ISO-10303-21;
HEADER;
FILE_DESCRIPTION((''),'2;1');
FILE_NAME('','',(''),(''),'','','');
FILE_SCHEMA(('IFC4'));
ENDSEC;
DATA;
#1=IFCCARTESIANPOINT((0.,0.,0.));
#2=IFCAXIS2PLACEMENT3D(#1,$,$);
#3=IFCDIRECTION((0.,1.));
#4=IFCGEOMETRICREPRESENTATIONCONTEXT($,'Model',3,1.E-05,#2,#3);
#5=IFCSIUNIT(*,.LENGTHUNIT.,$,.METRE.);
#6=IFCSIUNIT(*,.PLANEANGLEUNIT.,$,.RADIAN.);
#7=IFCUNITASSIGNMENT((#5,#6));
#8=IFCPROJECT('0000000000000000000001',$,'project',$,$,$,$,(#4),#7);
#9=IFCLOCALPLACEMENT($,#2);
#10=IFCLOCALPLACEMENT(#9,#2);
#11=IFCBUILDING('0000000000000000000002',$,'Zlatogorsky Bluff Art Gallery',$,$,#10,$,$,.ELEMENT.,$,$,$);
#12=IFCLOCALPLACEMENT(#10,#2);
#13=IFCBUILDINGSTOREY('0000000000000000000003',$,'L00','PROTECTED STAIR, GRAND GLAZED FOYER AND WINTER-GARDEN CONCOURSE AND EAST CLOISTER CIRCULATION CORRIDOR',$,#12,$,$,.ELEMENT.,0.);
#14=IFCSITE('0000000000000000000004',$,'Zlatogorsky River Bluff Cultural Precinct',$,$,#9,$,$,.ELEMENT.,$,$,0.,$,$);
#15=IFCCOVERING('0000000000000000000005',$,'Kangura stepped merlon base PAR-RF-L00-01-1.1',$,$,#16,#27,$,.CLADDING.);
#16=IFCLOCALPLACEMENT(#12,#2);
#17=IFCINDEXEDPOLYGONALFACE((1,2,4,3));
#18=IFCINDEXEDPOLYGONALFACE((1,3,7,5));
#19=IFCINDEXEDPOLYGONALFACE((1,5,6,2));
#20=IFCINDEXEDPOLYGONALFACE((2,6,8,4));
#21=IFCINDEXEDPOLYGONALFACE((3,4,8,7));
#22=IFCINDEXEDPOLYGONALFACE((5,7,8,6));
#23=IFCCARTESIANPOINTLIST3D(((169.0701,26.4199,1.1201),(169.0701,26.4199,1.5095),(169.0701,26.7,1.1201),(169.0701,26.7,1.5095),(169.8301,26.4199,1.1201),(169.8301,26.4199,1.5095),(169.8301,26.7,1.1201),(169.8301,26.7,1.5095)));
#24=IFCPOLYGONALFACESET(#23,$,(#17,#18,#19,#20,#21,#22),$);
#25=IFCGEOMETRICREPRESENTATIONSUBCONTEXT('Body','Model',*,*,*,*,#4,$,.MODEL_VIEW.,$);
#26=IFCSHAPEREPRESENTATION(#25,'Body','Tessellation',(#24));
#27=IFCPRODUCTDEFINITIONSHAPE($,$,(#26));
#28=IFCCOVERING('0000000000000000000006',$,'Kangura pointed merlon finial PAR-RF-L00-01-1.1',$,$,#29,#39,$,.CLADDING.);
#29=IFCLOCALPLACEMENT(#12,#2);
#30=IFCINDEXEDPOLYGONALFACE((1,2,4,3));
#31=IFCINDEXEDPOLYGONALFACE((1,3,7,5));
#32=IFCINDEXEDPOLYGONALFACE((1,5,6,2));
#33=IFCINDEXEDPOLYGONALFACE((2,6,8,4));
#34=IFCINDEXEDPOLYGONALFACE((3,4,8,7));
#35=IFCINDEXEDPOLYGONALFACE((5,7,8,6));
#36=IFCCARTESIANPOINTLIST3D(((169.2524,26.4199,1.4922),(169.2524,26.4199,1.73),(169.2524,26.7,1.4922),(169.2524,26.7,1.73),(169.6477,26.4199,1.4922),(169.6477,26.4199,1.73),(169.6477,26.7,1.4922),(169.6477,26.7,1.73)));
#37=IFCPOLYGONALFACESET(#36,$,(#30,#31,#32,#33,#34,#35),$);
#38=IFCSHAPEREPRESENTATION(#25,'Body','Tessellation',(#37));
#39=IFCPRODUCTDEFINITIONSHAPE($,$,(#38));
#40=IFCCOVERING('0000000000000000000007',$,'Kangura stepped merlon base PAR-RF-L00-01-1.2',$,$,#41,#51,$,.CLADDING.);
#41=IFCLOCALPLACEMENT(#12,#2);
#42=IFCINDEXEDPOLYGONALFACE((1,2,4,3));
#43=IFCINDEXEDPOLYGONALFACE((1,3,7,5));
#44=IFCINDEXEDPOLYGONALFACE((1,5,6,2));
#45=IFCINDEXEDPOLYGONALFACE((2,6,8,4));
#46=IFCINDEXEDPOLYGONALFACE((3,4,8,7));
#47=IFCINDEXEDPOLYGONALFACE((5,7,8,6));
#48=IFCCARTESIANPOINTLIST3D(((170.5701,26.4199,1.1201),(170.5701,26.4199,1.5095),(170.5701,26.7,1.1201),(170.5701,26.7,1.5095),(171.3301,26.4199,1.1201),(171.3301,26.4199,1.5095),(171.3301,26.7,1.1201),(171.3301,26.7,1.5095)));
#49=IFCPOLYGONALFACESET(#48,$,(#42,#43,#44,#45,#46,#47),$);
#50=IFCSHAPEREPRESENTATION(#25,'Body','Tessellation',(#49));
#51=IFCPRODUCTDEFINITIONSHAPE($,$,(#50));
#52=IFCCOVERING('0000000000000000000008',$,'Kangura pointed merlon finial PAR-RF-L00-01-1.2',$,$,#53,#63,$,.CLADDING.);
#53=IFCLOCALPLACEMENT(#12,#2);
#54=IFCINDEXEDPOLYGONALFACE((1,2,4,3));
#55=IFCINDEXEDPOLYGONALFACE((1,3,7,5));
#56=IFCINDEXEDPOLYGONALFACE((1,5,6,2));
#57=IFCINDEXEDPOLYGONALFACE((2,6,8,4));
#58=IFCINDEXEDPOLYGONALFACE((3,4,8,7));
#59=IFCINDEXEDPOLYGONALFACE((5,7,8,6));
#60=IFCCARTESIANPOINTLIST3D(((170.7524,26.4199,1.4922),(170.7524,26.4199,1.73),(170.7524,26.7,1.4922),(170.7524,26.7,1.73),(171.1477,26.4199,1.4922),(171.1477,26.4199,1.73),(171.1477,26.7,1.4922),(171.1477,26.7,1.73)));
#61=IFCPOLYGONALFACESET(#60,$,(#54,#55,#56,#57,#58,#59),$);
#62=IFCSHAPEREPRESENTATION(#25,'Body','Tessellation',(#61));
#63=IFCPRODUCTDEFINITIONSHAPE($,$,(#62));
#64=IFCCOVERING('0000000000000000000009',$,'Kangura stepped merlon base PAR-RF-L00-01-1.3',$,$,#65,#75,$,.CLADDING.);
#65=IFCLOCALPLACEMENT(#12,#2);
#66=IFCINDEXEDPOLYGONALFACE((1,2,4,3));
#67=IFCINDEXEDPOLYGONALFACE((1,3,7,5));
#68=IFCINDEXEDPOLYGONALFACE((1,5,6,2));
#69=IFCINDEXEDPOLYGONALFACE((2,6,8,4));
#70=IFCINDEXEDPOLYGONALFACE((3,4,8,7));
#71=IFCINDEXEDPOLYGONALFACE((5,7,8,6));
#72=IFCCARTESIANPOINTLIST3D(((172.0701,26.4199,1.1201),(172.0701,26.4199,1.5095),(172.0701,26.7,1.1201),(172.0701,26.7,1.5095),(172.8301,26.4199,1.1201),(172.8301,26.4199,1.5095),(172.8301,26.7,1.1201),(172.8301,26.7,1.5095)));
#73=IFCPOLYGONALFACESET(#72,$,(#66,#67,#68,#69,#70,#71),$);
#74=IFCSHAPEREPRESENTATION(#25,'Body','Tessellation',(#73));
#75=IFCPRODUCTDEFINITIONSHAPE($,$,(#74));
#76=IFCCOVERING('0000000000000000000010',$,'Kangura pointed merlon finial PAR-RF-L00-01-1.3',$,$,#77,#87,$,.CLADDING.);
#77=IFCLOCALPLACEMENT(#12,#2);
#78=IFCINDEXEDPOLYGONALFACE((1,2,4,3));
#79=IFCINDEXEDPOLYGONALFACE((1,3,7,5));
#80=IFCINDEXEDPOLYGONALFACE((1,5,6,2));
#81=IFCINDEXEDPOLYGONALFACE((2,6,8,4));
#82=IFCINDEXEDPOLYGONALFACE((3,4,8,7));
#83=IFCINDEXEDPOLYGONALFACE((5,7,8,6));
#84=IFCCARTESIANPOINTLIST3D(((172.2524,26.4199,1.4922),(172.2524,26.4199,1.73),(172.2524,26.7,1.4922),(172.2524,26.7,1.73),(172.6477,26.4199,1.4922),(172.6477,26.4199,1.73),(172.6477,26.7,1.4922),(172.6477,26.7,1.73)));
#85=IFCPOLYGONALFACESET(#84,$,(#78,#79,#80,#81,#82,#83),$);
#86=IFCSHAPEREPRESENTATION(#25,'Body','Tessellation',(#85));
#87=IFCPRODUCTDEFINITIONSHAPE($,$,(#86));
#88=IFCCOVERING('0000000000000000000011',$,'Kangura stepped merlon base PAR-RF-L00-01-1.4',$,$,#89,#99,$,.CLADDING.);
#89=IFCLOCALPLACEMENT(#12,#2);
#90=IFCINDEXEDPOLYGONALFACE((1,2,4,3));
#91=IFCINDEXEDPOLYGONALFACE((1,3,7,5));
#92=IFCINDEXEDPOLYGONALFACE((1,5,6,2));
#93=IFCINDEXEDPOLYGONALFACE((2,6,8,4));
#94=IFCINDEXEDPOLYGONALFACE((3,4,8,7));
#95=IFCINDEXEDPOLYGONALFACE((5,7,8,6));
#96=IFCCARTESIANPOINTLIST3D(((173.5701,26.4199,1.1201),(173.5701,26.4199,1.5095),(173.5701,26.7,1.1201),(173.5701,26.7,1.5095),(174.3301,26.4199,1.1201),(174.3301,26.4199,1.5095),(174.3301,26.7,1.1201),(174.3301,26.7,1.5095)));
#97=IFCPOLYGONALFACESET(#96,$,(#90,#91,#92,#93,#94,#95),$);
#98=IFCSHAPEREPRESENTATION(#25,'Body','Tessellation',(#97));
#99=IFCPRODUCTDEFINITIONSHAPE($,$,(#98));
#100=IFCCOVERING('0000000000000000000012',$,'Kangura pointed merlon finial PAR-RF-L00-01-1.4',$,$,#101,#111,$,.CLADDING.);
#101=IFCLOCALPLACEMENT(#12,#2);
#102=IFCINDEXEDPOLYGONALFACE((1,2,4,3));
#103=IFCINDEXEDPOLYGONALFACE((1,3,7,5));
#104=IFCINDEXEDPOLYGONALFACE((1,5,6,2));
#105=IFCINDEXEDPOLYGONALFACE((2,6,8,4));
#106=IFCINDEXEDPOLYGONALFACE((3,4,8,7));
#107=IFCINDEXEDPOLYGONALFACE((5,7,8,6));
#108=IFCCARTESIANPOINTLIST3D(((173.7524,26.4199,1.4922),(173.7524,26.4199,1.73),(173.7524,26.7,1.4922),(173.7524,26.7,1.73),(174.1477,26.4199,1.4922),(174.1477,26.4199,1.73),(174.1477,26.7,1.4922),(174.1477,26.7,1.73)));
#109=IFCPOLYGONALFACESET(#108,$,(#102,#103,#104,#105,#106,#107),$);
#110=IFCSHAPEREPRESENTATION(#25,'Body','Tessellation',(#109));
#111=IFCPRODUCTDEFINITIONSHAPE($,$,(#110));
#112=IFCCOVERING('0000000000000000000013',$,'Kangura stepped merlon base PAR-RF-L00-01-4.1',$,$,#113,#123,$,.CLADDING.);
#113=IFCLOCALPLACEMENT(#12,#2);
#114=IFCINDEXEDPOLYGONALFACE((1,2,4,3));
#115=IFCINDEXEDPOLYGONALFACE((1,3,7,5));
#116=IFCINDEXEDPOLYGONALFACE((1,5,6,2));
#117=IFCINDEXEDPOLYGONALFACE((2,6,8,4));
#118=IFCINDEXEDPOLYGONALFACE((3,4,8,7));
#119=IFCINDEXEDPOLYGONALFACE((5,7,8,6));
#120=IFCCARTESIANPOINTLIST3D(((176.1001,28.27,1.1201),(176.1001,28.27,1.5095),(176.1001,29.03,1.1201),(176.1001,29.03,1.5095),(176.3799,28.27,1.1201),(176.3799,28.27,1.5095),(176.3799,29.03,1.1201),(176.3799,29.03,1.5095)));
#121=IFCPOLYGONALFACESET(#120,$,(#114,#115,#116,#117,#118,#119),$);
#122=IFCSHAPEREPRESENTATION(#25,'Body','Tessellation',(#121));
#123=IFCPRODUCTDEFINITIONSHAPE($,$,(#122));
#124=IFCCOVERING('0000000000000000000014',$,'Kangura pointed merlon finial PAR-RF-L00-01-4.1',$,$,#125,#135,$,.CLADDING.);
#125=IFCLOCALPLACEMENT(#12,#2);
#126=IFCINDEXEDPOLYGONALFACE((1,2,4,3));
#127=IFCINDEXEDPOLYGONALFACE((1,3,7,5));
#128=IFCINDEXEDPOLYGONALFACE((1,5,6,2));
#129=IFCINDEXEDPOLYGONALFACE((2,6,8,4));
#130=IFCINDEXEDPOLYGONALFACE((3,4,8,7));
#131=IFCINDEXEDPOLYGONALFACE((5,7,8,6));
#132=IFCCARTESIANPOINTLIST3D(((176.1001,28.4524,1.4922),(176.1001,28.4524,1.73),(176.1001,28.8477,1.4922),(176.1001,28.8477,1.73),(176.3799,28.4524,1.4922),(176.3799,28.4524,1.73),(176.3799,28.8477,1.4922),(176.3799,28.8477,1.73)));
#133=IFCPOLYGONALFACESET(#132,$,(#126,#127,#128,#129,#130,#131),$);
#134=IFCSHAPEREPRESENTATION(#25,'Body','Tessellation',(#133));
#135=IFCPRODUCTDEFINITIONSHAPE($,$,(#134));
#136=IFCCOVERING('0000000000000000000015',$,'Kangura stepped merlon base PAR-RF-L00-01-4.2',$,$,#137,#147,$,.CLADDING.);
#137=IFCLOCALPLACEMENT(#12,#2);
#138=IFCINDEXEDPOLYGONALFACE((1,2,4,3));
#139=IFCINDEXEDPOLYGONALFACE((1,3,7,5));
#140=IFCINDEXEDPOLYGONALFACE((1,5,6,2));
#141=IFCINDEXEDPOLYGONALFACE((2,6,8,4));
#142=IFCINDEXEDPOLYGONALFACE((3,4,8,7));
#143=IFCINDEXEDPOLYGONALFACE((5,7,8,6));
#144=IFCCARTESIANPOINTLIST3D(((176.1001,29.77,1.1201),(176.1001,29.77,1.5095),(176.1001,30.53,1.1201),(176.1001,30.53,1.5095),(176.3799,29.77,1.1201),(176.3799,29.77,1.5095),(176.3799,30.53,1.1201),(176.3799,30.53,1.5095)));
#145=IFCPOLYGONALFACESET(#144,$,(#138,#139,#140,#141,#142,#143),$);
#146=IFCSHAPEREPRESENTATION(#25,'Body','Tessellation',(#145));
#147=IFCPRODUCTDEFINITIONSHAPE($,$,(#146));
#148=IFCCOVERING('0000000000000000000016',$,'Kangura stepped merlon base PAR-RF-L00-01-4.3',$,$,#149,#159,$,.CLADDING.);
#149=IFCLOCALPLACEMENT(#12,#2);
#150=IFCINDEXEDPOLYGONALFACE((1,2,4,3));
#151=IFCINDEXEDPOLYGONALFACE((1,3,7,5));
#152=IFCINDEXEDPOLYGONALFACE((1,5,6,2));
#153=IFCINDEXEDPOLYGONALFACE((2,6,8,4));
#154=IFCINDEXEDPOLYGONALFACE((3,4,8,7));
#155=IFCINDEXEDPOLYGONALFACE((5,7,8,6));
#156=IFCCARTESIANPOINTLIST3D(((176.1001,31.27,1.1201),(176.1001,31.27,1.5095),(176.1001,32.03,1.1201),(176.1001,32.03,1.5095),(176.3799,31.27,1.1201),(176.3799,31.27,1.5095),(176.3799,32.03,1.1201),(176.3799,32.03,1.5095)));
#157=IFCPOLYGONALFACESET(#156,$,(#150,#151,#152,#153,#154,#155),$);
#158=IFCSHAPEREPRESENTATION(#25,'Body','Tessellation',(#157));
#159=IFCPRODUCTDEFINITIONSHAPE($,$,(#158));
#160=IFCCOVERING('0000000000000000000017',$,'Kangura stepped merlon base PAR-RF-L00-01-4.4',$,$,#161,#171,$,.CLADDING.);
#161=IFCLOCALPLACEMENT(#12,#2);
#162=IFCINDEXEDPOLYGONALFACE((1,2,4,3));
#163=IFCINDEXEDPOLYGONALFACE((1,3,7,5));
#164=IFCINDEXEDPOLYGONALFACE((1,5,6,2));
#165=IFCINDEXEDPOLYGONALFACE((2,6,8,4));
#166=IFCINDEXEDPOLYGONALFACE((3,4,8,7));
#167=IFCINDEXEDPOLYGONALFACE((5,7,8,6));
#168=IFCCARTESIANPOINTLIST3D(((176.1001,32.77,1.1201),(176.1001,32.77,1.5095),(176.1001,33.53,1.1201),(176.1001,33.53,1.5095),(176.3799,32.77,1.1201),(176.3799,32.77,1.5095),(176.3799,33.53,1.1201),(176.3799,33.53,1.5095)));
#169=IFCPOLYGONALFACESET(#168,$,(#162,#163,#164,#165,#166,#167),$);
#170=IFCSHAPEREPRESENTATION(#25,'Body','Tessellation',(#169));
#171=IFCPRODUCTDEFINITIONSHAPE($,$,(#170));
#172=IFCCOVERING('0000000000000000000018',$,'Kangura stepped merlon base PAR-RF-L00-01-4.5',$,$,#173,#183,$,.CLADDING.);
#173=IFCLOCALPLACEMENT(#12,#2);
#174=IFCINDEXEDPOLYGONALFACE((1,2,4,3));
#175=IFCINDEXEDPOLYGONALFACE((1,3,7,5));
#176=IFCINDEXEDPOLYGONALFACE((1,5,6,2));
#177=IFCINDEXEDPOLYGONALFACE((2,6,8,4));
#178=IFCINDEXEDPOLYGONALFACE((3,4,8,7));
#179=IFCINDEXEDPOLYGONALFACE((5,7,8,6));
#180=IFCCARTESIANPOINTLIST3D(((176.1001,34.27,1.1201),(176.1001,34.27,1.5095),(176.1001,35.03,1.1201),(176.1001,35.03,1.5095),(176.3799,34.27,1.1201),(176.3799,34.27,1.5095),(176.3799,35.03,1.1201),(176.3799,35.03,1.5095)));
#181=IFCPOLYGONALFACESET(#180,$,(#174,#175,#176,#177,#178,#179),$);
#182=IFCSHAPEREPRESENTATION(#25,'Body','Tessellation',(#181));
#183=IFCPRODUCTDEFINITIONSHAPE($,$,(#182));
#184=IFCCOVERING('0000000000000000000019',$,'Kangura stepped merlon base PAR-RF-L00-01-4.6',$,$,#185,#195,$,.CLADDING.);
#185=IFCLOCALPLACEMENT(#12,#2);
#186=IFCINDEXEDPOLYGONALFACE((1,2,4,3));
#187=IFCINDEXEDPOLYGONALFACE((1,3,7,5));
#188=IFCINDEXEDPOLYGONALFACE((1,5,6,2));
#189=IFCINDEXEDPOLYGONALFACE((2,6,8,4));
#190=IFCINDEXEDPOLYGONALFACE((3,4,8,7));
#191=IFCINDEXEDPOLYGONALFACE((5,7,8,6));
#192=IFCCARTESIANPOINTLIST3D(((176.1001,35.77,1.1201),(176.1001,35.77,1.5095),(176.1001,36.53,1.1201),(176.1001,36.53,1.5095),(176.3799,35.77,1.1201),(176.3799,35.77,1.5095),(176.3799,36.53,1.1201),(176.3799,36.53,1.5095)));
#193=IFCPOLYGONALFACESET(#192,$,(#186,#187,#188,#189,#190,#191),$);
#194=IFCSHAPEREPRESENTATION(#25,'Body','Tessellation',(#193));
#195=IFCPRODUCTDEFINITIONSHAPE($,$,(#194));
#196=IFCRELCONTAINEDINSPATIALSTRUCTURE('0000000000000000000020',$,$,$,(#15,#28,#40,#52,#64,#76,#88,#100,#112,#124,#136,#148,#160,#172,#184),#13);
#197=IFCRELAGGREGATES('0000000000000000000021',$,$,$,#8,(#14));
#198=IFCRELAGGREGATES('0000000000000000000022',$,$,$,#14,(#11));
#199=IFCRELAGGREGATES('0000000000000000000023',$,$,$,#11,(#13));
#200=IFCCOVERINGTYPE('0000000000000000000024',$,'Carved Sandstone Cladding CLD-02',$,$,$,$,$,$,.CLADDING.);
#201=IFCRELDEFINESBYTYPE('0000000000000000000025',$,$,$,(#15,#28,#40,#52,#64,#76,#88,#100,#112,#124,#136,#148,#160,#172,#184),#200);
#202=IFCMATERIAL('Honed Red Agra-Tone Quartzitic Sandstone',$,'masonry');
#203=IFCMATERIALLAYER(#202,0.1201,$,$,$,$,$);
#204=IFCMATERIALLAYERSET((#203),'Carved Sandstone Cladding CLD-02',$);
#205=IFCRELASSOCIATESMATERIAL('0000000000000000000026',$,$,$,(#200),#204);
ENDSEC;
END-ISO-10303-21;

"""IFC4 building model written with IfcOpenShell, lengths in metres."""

from ifc_helpers import new_model, si_unit, direction, frame, origin, place, context, subcontext, project, spatial, polyline, outline, extrude, material, layer, layer_set, type_object, element, save


model = new_model("IFC4")

# Units and contexts
model_context = context("Model", 3, precision=1e-05, world=origin(), true_north=direction((0.0, 1.0)))
body_context = subcontext(model_context, "Body", "Model", "MODEL_VIEW")
ifc_project = project(units=[si_unit("LENGTHUNIT", "METRE"), si_unit("PLANEANGLEUNIT", "RADIAN")], contexts=[model_context])

# Site, building, storey
site_placement = place(None, origin())
site = spatial("IfcSite", under=ifc_project, at=site_placement, Name="Zlatogorsky River Bluff Cultural Precinct", CompositionType="ELEMENT", RefElevation=0.0)
building_placement = place(site_placement, origin())
building = spatial("IfcBuilding", under=site, at=building_placement, Name="Zlatogorsky Bluff Art Gallery", CompositionType="ELEMENT")
storey_placement = place(building_placement, origin())
storey = spatial("IfcBuildingStorey", under=building, at=storey_placement, Name="L00", Description="PROTECTED STAIR, GRAND GLAZED FOYER AND WINTER-GARDEN CONCOURSE AND EAST CLOISTER CIRCULATION CORRIDOR", CompositionType="ELEMENT", Elevation=0.0)

# Coverings
ifc_material_1 = material(Name="Honed Red Agra-Tone Quartzitic Sandstone", Category="masonry")
ifc_layer_1 = layer(ifc_material_1, 0.1201)
ifc_layer_set_1 = layer_set([ifc_layer_1], Name="Carved Sandstone Cladding CLD-02")
covering_type_1 = type_object("IfcCoveringType", Name="Carved Sandstone Cladding CLD-02", PredefinedType="CLADDING", material=ifc_layer_set_1)
covering_1_placement = place(storey_placement, frame((0.0, 0.0, 1.1201)))
element("IfcCovering", 1, at=covering_1_placement, inside=storey, type_object=covering_type_1, Name="Kangura stepped merlon base PAR-RF-L00-01-1.1", PredefinedType="CLADDING", context=body_context, shape_type="SweptSolid", body=[
    extrude(outline(polyline([(169.0701, 26.4199), (169.8301, 26.4199), (169.8301, 26.7), (169.0701, 26.7), (169.0701, 26.4199)])), origin(), (0.0, 0.0, 1.0), 0.3894),
])
covering_2_placement = place(storey_placement, frame((0.0, 0.0, 1.4922)))
element("IfcCovering", 2, at=covering_2_placement, inside=storey, type_object=covering_type_1, Name="Kangura pointed merlon finial PAR-RF-L00-01-1.1", PredefinedType="CLADDING", context=body_context, shape_type="SweptSolid", body=[
    extrude(outline(polyline([(169.2524, 26.4199), (169.6477, 26.4199), (169.6477, 26.7), (169.2524, 26.7), (169.2524, 26.4199)])), origin(), (0.0, 0.0, 1.0), 0.2378),
])
covering_3_placement = place(storey_placement, frame((0.0, 0.0, 1.1201)))
element("IfcCovering", 3, at=covering_3_placement, inside=storey, type_object=covering_type_1, Name="Kangura stepped merlon base PAR-RF-L00-01-1.2", PredefinedType="CLADDING", context=body_context, shape_type="SweptSolid", body=[
    extrude(outline(polyline([(170.5701, 26.4199), (171.3301, 26.4199), (171.3301, 26.7), (170.5701, 26.7), (170.5701, 26.4199)])), origin(), (0.0, 0.0, 1.0), 0.3894),
])
covering_4_placement = place(storey_placement, frame((0.0, 0.0, 1.4922)))
element("IfcCovering", 4, at=covering_4_placement, inside=storey, type_object=covering_type_1, Name="Kangura pointed merlon finial PAR-RF-L00-01-1.2", PredefinedType="CLADDING", context=body_context, shape_type="SweptSolid", body=[
    extrude(outline(polyline([(170.7524, 26.4199), (171.1477, 26.4199), (171.1477, 26.7), (170.7524, 26.7), (170.7524, 26.4199)])), origin(), (0.0, 0.0, 1.0), 0.2378),
])
covering_5_placement = place(storey_placement, frame((0.0, 0.0, 1.1201)))
element("IfcCovering", 5, at=covering_5_placement, inside=storey, type_object=covering_type_1, Name="Kangura stepped merlon base PAR-RF-L00-01-1.3", PredefinedType="CLADDING", context=body_context, shape_type="SweptSolid", body=[
    extrude(outline(polyline([(172.0701, 26.4199), (172.8301, 26.4199), (172.8301, 26.7), (172.0701, 26.7), (172.0701, 26.4199)])), origin(), (0.0, 0.0, 1.0), 0.3894),
])
covering_6_placement = place(storey_placement, frame((0.0, 0.0, 1.4922)))
element("IfcCovering", 6, at=covering_6_placement, inside=storey, type_object=covering_type_1, Name="Kangura pointed merlon finial PAR-RF-L00-01-1.3", PredefinedType="CLADDING", context=body_context, shape_type="SweptSolid", body=[
    extrude(outline(polyline([(172.2524, 26.4199), (172.6477, 26.4199), (172.6477, 26.7), (172.2524, 26.7), (172.2524, 26.4199)])), origin(), (0.0, 0.0, 1.0), 0.2378),
])
covering_7_placement = place(storey_placement, frame((0.0, 0.0, 1.1201)))
element("IfcCovering", 7, at=covering_7_placement, inside=storey, type_object=covering_type_1, Name="Kangura stepped merlon base PAR-RF-L00-01-1.4", PredefinedType="CLADDING", context=body_context, shape_type="SweptSolid", body=[
    extrude(outline(polyline([(173.5701, 26.4199), (174.3301, 26.4199), (174.3301, 26.7), (173.5701, 26.7), (173.5701, 26.4199)])), origin(), (0.0, 0.0, 1.0), 0.3894),
])
covering_8_placement = place(storey_placement, frame((0.0, 0.0, 1.4922)))
element("IfcCovering", 8, at=covering_8_placement, inside=storey, type_object=covering_type_1, Name="Kangura pointed merlon finial PAR-RF-L00-01-1.4", PredefinedType="CLADDING", context=body_context, shape_type="SweptSolid", body=[
    extrude(outline(polyline([(173.7524, 26.4199), (174.1477, 26.4199), (174.1477, 26.7), (173.7524, 26.7), (173.7524, 26.4199)])), origin(), (0.0, 0.0, 1.0), 0.2378),
])
covering_9_placement = place(storey_placement, frame((0.0, 0.0, 1.1201)))
element("IfcCovering", 9, at=covering_9_placement, inside=storey, type_object=covering_type_1, Name="Kangura stepped merlon base PAR-RF-L00-01-4.1", PredefinedType="CLADDING", context=body_context, shape_type="SweptSolid", body=[
    extrude(outline(polyline([(176.1001, 28.27), (176.1001, 29.03), (176.3799, 29.03), (176.3799, 28.27), (176.1001, 28.27)])), origin(), (0.0, 0.0, 1.0), 0.3894),
])
covering_10_placement = place(storey_placement, frame((0.0, 0.0, 1.4922)))
element("IfcCovering", 10, at=covering_10_placement, inside=storey, type_object=covering_type_1, Name="Kangura pointed merlon finial PAR-RF-L00-01-4.1", PredefinedType="CLADDING", context=body_context, shape_type="SweptSolid", body=[
    extrude(outline(polyline([(176.1001, 28.4524), (176.1001, 28.8477), (176.3799, 28.8477), (176.3799, 28.4524), (176.1001, 28.4524)])), origin(), (0.0, 0.0, 1.0), 0.2378),
])
covering_11_placement = place(storey_placement, frame((0.0, 0.0, 1.1201)))
element("IfcCovering", 11, at=covering_11_placement, inside=storey, type_object=covering_type_1, Name="Kangura stepped merlon base PAR-RF-L00-01-4.2", PredefinedType="CLADDING", context=body_context, shape_type="SweptSolid", body=[
    extrude(outline(polyline([(176.1001, 29.77), (176.1001, 30.53), (176.3799, 30.53), (176.3799, 29.77), (176.1001, 29.77)])), origin(), (0.0, 0.0, 1.0), 0.3894),
])
covering_12_placement = place(storey_placement, frame((0.0, 0.0, 1.1201)))
element("IfcCovering", 12, at=covering_12_placement, inside=storey, type_object=covering_type_1, Name="Kangura stepped merlon base PAR-RF-L00-01-4.3", PredefinedType="CLADDING", context=body_context, shape_type="SweptSolid", body=[
    extrude(outline(polyline([(176.1001, 31.27), (176.1001, 32.03), (176.3799, 32.03), (176.3799, 31.27), (176.1001, 31.27)])), origin(), (0.0, 0.0, 1.0), 0.3894),
])
covering_13_placement = place(storey_placement, frame((0.0, 0.0, 1.1201)))
element("IfcCovering", 13, at=covering_13_placement, inside=storey, type_object=covering_type_1, Name="Kangura stepped merlon base PAR-RF-L00-01-4.4", PredefinedType="CLADDING", context=body_context, shape_type="SweptSolid", body=[
    extrude(outline(polyline([(176.1001, 32.77), (176.1001, 33.53), (176.3799, 33.53), (176.3799, 32.77), (176.1001, 32.77)])), origin(), (0.0, 0.0, 1.0), 0.3894),
])
covering_14_placement = place(storey_placement, frame((0.0, 0.0, 1.1201)))
element("IfcCovering", 14, at=covering_14_placement, inside=storey, type_object=covering_type_1, Name="Kangura stepped merlon base PAR-RF-L00-01-4.5", PredefinedType="CLADDING", context=body_context, shape_type="SweptSolid", body=[
    extrude(outline(polyline([(176.1001, 34.27), (176.1001, 35.03), (176.3799, 35.03), (176.3799, 34.27), (176.1001, 34.27)])), origin(), (0.0, 0.0, 1.0), 0.3894),
])
covering_15_placement = place(storey_placement, frame((0.0, 0.0, 1.1201)))
element("IfcCovering", 15, at=covering_15_placement, inside=storey, type_object=covering_type_1, Name="Kangura stepped merlon base PAR-RF-L00-01-4.6", PredefinedType="CLADDING", context=body_context, shape_type="SweptSolid", body=[
    extrude(outline(polyline([(176.1001, 35.77), (176.1001, 36.53), (176.3799, 36.53), (176.3799, 35.77), (176.1001, 35.77)])), origin(), (0.0, 0.0, 1.0), 0.3894),
])

save(model, "model.ifc")
